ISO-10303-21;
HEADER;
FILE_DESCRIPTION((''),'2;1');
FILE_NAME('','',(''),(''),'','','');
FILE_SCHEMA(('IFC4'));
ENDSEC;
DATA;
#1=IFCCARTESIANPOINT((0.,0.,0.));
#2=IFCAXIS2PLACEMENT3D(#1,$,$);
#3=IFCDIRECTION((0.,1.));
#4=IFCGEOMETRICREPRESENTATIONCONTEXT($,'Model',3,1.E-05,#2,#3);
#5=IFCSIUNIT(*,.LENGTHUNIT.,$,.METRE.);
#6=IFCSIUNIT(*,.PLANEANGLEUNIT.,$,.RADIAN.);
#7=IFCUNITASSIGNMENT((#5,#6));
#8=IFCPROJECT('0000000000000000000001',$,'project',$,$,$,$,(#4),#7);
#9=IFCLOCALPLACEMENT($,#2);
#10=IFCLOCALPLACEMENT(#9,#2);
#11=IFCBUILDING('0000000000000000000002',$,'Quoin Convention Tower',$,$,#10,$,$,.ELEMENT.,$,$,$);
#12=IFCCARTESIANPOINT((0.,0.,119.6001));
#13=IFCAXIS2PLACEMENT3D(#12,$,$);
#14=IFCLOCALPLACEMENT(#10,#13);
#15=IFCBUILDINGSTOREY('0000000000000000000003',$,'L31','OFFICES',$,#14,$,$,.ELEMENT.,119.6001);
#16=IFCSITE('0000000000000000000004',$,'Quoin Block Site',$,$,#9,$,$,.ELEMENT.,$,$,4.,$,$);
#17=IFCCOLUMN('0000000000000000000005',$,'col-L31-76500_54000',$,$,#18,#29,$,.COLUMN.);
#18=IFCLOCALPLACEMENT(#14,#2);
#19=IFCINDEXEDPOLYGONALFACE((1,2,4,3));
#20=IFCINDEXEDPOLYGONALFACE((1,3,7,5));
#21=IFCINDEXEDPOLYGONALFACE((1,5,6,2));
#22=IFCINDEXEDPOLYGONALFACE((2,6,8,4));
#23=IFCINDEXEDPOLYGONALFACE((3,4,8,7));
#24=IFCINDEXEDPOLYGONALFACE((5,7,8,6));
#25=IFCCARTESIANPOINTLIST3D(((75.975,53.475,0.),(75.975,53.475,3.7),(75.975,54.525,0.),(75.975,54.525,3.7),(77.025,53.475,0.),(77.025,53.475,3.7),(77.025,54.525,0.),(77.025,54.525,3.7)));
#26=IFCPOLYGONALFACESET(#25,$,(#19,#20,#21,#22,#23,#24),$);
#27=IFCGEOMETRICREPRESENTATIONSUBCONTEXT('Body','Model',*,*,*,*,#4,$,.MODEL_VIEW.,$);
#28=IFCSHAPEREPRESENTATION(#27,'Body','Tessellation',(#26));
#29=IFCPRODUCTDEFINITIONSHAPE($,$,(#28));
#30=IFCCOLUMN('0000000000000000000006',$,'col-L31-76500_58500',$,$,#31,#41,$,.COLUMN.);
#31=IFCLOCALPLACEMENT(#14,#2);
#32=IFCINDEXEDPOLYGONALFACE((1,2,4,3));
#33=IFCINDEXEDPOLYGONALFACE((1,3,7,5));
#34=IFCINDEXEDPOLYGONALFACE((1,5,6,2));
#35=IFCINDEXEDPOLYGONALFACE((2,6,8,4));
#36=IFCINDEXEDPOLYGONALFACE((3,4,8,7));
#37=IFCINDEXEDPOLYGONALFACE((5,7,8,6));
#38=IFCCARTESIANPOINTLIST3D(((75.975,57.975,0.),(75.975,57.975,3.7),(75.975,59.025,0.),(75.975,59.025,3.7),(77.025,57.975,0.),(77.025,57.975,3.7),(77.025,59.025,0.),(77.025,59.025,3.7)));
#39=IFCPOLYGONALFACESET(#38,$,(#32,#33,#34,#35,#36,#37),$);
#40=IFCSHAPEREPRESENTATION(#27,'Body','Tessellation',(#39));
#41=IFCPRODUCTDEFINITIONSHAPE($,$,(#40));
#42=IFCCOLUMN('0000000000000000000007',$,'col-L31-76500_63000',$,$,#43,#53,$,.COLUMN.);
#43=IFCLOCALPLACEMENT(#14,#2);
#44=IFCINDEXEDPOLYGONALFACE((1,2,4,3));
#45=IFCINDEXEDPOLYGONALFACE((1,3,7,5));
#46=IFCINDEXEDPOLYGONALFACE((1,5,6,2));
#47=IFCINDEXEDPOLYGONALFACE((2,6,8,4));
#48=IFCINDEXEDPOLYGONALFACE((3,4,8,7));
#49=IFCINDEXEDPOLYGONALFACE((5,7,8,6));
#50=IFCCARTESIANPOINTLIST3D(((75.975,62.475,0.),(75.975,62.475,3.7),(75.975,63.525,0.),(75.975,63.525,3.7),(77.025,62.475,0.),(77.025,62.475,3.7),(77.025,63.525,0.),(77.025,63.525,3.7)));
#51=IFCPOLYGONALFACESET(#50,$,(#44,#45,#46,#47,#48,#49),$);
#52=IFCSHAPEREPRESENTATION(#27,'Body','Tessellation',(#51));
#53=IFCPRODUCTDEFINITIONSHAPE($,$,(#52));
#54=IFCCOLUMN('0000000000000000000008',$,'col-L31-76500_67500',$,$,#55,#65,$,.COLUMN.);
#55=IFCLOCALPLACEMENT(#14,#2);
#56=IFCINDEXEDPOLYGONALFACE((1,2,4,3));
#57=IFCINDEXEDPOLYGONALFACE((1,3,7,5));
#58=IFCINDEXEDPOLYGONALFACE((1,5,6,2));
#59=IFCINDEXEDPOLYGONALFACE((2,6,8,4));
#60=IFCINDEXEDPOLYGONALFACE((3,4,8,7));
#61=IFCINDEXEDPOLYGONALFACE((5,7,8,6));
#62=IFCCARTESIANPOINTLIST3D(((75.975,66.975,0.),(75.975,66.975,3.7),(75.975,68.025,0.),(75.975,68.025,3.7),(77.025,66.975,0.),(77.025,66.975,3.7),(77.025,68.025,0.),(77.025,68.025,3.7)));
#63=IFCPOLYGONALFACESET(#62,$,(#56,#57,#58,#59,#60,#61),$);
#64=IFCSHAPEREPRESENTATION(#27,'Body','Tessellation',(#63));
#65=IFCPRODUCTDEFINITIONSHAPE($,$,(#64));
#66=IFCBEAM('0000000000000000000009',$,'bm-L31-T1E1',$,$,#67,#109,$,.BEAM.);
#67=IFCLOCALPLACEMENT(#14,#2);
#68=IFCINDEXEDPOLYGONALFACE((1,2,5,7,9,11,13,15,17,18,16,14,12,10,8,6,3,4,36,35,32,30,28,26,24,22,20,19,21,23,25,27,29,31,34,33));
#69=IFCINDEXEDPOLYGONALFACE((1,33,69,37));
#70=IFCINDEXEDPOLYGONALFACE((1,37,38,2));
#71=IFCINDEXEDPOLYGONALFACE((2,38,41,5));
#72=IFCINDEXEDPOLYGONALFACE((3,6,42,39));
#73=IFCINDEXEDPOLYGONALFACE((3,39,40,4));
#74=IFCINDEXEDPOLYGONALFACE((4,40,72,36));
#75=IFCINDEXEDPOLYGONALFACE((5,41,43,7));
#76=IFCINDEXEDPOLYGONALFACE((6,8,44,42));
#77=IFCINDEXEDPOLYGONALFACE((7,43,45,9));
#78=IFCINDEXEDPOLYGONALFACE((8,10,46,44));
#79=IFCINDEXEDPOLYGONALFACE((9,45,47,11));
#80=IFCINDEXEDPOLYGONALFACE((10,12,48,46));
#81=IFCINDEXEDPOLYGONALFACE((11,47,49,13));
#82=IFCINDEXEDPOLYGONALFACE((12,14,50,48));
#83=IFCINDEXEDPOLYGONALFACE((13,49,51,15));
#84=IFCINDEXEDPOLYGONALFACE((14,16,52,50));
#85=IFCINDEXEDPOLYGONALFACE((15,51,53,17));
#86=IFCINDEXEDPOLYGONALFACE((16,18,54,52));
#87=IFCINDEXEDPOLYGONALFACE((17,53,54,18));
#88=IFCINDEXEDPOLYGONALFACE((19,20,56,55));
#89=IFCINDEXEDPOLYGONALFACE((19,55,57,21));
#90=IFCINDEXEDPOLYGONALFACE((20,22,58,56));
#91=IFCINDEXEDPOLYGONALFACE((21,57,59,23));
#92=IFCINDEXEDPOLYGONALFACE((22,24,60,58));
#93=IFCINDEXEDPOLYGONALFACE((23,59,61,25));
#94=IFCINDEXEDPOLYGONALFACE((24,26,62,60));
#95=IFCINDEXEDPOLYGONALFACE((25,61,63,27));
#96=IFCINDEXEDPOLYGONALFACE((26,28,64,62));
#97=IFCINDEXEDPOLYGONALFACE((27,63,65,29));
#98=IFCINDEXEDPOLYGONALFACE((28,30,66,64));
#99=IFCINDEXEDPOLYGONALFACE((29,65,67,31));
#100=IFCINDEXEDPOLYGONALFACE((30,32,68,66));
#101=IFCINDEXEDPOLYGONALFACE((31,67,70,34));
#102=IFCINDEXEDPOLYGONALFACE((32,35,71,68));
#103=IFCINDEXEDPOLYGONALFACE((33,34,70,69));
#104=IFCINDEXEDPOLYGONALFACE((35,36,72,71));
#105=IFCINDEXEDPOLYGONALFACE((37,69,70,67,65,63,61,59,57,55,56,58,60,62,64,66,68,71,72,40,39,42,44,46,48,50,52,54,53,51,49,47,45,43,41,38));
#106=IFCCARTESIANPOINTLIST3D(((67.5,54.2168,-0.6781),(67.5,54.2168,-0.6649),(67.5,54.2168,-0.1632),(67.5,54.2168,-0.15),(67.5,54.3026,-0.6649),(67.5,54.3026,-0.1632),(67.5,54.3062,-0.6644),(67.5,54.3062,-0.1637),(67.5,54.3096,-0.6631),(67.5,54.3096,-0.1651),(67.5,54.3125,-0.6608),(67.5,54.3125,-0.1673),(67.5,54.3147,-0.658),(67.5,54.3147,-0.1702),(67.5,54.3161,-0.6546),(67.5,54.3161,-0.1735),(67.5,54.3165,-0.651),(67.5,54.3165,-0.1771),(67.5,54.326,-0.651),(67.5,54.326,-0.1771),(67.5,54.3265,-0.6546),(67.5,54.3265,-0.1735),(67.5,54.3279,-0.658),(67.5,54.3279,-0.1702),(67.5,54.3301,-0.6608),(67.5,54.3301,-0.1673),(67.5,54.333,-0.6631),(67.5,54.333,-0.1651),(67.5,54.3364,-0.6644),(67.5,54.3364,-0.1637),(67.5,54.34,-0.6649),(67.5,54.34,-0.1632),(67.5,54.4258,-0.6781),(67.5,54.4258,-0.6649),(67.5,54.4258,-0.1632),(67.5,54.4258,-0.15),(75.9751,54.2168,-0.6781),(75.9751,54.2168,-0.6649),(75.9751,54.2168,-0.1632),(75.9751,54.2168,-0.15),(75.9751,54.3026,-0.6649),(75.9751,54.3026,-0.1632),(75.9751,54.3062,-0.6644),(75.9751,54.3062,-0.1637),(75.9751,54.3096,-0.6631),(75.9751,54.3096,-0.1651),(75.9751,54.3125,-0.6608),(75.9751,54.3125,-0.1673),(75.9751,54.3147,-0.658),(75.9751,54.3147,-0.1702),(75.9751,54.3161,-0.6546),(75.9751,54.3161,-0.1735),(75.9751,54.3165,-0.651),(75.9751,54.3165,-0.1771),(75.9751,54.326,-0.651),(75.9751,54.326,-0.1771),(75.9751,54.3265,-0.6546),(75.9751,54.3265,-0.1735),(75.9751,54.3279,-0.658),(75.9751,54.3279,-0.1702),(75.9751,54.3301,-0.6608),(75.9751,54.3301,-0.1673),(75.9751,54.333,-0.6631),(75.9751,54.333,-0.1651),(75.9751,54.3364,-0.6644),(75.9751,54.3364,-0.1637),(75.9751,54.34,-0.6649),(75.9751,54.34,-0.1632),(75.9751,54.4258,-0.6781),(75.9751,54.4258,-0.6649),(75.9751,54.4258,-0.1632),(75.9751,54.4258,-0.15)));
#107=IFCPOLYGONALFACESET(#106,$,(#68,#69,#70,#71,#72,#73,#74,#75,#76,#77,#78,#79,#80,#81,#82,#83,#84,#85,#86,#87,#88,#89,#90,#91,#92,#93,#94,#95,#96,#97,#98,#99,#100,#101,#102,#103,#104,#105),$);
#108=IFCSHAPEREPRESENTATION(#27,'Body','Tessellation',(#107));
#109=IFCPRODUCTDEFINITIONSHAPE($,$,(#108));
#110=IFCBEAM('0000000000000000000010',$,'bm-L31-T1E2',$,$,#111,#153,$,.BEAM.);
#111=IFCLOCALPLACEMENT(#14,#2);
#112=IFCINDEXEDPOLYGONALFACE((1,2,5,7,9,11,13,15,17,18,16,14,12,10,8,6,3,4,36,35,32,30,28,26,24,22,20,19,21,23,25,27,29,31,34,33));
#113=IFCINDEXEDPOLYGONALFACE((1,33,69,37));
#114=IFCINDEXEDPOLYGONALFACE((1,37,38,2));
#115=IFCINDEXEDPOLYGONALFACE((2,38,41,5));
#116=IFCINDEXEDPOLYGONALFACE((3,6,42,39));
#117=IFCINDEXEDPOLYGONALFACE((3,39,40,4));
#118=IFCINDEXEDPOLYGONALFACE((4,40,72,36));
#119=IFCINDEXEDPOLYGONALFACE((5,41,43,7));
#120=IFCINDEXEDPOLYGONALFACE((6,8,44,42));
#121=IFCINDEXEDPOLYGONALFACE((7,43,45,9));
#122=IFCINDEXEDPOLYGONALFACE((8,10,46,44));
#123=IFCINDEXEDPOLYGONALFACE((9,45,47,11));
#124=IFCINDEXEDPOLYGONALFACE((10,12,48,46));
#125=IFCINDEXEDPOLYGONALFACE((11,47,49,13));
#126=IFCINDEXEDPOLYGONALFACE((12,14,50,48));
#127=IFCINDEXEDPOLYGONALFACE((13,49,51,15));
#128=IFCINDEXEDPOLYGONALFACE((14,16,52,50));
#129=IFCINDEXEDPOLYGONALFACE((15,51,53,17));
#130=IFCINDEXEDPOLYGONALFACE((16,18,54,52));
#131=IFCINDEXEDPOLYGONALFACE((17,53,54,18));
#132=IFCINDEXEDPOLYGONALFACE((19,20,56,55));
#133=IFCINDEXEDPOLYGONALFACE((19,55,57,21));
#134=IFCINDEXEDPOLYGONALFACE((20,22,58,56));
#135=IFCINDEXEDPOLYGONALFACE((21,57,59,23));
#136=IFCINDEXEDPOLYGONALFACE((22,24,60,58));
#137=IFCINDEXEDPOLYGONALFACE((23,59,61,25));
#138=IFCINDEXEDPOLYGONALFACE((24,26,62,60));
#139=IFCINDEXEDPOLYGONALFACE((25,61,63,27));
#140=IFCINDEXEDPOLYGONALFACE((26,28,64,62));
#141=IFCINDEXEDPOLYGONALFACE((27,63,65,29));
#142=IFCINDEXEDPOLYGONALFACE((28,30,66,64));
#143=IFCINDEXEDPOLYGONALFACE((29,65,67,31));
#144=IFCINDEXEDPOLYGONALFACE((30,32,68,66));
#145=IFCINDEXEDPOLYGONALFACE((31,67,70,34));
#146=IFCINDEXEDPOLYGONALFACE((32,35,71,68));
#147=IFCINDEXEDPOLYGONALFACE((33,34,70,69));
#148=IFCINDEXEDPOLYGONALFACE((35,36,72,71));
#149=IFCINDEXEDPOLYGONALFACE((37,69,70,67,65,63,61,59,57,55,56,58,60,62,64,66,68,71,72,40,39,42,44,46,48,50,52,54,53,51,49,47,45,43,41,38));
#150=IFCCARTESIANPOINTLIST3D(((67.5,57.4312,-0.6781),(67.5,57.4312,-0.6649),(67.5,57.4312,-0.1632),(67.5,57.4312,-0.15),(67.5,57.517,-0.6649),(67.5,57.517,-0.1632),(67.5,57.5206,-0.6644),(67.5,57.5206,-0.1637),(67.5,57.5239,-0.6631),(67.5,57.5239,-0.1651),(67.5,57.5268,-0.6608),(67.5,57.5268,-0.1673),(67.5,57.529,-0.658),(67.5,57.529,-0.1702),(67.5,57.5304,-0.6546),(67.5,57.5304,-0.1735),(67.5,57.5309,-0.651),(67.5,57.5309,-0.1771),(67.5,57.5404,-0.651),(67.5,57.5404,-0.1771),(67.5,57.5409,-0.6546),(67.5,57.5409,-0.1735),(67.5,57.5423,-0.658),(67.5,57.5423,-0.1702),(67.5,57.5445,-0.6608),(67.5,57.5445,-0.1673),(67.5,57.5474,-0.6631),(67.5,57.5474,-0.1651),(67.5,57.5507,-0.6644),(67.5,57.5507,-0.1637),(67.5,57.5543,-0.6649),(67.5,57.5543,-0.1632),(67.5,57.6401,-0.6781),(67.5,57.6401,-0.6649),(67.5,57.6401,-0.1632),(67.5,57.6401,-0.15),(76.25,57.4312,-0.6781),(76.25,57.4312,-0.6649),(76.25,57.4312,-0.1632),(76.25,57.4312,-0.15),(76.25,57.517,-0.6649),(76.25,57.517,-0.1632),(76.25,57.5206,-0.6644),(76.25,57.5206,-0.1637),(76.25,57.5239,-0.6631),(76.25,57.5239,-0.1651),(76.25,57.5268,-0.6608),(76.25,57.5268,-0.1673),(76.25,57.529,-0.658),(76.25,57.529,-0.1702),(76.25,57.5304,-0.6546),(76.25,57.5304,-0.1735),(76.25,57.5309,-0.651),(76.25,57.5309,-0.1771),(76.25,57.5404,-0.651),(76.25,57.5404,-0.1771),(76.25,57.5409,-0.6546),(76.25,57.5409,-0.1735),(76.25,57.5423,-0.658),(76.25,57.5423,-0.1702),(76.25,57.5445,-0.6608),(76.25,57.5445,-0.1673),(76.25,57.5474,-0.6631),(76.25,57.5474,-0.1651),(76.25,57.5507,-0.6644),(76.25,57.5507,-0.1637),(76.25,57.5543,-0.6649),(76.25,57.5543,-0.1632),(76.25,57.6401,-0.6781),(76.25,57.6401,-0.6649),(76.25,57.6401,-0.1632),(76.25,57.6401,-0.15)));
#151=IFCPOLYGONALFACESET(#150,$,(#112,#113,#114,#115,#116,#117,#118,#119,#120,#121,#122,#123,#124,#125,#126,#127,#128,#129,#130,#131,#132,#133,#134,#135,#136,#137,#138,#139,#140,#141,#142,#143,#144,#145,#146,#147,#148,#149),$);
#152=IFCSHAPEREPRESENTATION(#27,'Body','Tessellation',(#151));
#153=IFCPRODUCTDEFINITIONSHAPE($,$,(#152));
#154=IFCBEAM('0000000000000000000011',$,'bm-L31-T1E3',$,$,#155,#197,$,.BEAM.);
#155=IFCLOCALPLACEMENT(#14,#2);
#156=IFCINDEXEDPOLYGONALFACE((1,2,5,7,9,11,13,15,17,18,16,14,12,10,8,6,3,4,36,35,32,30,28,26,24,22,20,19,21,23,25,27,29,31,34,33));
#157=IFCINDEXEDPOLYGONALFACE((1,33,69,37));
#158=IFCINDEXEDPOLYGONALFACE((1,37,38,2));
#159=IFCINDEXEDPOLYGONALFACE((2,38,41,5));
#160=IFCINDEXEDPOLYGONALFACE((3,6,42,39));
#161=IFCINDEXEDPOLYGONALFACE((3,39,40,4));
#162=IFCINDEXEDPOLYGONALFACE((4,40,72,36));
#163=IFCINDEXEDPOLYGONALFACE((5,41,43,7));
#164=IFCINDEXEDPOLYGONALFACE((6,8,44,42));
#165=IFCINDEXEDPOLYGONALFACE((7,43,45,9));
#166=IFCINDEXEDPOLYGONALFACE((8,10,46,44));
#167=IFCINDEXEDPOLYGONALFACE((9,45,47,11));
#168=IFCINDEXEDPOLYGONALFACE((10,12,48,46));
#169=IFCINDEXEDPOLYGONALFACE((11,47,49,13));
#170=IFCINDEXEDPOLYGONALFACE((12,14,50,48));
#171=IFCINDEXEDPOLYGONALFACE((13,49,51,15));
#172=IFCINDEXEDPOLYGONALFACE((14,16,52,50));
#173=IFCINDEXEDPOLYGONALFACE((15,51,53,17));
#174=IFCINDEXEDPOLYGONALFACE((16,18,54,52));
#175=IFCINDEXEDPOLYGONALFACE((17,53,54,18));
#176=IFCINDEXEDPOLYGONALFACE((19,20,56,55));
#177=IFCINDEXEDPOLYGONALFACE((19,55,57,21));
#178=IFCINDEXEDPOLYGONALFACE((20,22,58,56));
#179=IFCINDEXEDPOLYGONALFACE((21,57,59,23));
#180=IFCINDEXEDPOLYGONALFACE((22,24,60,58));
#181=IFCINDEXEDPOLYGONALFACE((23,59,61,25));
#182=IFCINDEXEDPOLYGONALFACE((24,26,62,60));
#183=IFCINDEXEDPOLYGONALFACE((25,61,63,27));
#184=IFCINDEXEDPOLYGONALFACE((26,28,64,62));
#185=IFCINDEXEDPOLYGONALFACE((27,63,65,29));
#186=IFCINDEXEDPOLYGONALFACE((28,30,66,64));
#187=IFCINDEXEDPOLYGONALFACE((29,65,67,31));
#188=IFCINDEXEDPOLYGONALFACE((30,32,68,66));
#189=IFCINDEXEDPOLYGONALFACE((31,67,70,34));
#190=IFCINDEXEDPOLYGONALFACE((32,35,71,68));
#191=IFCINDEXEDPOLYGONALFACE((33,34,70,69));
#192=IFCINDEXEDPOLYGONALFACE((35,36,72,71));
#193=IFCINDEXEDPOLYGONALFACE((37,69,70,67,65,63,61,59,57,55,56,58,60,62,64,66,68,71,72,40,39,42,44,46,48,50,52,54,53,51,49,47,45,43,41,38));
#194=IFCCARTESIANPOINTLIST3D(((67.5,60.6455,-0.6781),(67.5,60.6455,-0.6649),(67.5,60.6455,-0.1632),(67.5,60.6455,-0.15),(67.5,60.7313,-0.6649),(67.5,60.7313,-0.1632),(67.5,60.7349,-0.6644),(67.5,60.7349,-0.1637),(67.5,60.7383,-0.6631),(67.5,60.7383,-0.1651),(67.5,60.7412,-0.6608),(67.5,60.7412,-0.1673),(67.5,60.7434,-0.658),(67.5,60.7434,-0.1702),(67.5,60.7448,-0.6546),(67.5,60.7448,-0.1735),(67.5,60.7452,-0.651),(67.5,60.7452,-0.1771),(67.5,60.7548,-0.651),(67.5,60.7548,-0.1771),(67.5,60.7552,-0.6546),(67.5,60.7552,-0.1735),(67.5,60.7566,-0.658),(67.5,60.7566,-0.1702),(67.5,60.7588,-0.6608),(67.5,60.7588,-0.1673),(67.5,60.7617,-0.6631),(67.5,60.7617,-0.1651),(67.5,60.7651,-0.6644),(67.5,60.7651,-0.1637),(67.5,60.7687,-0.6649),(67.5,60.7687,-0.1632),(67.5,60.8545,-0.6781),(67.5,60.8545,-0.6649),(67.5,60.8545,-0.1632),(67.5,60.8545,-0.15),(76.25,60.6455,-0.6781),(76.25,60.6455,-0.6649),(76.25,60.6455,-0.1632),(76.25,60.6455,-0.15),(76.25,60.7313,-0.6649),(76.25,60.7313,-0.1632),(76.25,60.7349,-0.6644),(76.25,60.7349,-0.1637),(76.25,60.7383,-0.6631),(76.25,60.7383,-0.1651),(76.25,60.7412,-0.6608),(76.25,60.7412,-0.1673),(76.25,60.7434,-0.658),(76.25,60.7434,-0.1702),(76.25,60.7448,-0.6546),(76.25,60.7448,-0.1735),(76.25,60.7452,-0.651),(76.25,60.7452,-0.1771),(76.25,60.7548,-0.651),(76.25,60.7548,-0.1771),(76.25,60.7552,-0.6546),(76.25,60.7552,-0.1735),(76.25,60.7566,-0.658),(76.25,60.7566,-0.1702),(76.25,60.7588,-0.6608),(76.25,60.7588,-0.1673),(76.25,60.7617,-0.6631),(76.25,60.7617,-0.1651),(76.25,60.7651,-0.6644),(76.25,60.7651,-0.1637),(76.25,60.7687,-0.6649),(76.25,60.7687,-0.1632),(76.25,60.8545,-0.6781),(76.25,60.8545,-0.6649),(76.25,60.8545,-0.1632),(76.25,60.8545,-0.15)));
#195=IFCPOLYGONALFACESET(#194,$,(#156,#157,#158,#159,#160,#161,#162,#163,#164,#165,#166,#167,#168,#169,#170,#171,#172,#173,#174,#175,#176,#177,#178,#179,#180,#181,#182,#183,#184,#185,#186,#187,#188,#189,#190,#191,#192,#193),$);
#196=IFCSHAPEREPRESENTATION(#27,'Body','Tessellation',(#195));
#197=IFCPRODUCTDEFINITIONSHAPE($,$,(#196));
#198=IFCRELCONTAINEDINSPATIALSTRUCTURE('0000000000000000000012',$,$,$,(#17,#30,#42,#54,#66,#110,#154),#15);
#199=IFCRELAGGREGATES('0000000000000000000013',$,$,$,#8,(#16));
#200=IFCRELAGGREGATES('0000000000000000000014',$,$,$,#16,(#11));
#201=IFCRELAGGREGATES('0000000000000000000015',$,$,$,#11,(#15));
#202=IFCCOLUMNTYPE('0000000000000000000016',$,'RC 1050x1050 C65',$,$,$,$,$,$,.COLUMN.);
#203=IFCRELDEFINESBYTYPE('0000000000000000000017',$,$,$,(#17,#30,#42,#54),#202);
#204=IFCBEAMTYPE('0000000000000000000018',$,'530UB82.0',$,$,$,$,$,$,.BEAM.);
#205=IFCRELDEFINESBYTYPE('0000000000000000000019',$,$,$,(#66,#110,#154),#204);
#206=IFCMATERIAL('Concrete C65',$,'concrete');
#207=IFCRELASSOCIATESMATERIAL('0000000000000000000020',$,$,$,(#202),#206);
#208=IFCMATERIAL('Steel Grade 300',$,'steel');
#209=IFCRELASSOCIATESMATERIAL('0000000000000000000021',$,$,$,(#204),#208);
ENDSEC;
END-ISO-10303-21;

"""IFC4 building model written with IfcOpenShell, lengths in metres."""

from ifc_helpers import new_model, si_unit, direction, frame, origin, origin_2d, place, context, subcontext, project, spatial, rectangle, i_section, extrude, material, material_profile, profile_set, type_object, element, save


model = new_model("IFC4")

# Units and contexts
model_context = context("Model", 3, precision=1e-05, world=origin(), true_north=direction((0.0, 1.0)))
body_context = subcontext(model_context, "Body", "Model", "MODEL_VIEW")
ifc_project = project(units=[si_unit("LENGTHUNIT", "METRE"), si_unit("PLANEANGLEUNIT", "RADIAN")], contexts=[model_context])

# Site, building, storey
site_placement = place(None, origin())
site = spatial("IfcSite", under=ifc_project, at=site_placement, Name="Quoin Block Site", CompositionType="ELEMENT", RefElevation=4.0)
building_placement = place(site_placement, origin())
building = spatial("IfcBuilding", under=site, at=building_placement, Name="Quoin Convention Tower", CompositionType="ELEMENT")
storey_placement = place(building_placement, frame((0.0, 0.0, 119.6001)))
storey = spatial("IfcBuildingStorey", under=building, at=storey_placement, Name="L31", Description="OFFICES", CompositionType="ELEMENT", Elevation=119.6001)

# Columns
ifc_material_1 = material(Name="Concrete C65", Category="concrete")
ifc_material_profile_1 = material_profile(ifc_material_1, rectangle(XDim=1.05, YDim=1.05, at=origin_2d()), Name="RC 1050x1050")
ifc_profile_set_1 = profile_set([ifc_material_profile_1], Name="Concrete C65")
column_type = type_object("IfcColumnType", Name="RC 1050x1050 C65", PredefinedType="COLUMN", material=ifc_profile_set_1)
for number, where, z_axis, x_axis, name in (
    (1, (76.5, 54.0, 0.0), (0.0, 0.0, 1.0), (1.0, 0.0, 0.0), "col-L31-76500_54000"),
    (2, (76.5, 58.5, 0.0), (0.0, 0.0, 1.0), (1.0, 0.0, 0.0), "col-L31-76500_58500"),
    (3, (76.5, 63.0, 0.0), (0.0, 0.0, 1.0), (1.0, 0.0, 0.0), "col-L31-76500_63000"),
    (4, (76.5, 67.5, 0.0), (0.0, 0.0, 1.0), (1.0, 0.0, 0.0), "col-L31-76500_67500"),
):
    element("IfcColumn", number, at=place(storey_placement, frame(where, z_axis=z_axis, x_axis=x_axis)), inside=storey, type_object=column_type, Name=name, PredefinedType="COLUMN", context=body_context, shape_type="SweptSolid", body=[
        extrude(rectangle(XDim=1.05, YDim=1.05, at=origin_2d()), origin(), (0.0, 0.0, 1.0), 3.7),
    ])

# Beams
ifc_material_2 = material(Name="Steel Grade 300", Category="steel")
ifc_material_profile_2 = material_profile(ifc_material_2, i_section(OverallWidth=0.209, OverallDepth=0.5281, WebThickness=0.0095, FlangeThickness=0.0132, FilletRadius=0.0139, at=origin_2d()), Name="530UB82.0")
ifc_profile_set_2 = profile_set([ifc_material_profile_2], Name="Steel Grade 300")
beam_type_1 = type_object("IfcBeamType", Name="530UB82.0", PredefinedType="BEAM", material=ifc_profile_set_2)
beam_1_placement = place(storey_placement, frame((67.5, 54.3213, -0.4141), z_axis=(1.0, 0.0, 0.0), x_axis=(0.0, 1.0, 0.0)))
element("IfcBeam", 5, at=beam_1_placement, inside=storey, type_object=beam_type_1, Name="bm-L31-T1E1", PredefinedType="BEAM", context=body_context, shape_type="SweptSolid", body=[
    extrude(i_section(OverallWidth=0.209, OverallDepth=0.5281, WebThickness=0.0095, FlangeThickness=0.0132, FilletRadius=0.0139, at=origin_2d()), origin(), (0.0, 0.0, 1.0), 8.4751),
])
for number, where, z_axis, x_axis, name in (
    (6, (67.5, 57.5356, -0.4141), (1.0, 0.0, 0.0), (0.0, 1.0, 0.0), "bm-L31-T1E2"),
    (7, (67.5, 60.75, -0.4141), (1.0, 0.0, 0.0), (0.0, 1.0, 0.0), "bm-L31-T1E3"),
):
    element("IfcBeam", number, at=place(storey_placement, frame(where, z_axis=z_axis, x_axis=x_axis)), inside=storey, type_object=beam_type_1, Name=name, PredefinedType="BEAM", context=body_context, shape_type="SweptSolid", body=[
        extrude(i_section(OverallWidth=0.209, OverallDepth=0.5281, WebThickness=0.0095, FlangeThickness=0.0132, FilletRadius=0.0139, at=origin_2d()), origin(), (0.0, 0.0, 1.0), 8.75),
    ])

save(model, "model.ifc")
